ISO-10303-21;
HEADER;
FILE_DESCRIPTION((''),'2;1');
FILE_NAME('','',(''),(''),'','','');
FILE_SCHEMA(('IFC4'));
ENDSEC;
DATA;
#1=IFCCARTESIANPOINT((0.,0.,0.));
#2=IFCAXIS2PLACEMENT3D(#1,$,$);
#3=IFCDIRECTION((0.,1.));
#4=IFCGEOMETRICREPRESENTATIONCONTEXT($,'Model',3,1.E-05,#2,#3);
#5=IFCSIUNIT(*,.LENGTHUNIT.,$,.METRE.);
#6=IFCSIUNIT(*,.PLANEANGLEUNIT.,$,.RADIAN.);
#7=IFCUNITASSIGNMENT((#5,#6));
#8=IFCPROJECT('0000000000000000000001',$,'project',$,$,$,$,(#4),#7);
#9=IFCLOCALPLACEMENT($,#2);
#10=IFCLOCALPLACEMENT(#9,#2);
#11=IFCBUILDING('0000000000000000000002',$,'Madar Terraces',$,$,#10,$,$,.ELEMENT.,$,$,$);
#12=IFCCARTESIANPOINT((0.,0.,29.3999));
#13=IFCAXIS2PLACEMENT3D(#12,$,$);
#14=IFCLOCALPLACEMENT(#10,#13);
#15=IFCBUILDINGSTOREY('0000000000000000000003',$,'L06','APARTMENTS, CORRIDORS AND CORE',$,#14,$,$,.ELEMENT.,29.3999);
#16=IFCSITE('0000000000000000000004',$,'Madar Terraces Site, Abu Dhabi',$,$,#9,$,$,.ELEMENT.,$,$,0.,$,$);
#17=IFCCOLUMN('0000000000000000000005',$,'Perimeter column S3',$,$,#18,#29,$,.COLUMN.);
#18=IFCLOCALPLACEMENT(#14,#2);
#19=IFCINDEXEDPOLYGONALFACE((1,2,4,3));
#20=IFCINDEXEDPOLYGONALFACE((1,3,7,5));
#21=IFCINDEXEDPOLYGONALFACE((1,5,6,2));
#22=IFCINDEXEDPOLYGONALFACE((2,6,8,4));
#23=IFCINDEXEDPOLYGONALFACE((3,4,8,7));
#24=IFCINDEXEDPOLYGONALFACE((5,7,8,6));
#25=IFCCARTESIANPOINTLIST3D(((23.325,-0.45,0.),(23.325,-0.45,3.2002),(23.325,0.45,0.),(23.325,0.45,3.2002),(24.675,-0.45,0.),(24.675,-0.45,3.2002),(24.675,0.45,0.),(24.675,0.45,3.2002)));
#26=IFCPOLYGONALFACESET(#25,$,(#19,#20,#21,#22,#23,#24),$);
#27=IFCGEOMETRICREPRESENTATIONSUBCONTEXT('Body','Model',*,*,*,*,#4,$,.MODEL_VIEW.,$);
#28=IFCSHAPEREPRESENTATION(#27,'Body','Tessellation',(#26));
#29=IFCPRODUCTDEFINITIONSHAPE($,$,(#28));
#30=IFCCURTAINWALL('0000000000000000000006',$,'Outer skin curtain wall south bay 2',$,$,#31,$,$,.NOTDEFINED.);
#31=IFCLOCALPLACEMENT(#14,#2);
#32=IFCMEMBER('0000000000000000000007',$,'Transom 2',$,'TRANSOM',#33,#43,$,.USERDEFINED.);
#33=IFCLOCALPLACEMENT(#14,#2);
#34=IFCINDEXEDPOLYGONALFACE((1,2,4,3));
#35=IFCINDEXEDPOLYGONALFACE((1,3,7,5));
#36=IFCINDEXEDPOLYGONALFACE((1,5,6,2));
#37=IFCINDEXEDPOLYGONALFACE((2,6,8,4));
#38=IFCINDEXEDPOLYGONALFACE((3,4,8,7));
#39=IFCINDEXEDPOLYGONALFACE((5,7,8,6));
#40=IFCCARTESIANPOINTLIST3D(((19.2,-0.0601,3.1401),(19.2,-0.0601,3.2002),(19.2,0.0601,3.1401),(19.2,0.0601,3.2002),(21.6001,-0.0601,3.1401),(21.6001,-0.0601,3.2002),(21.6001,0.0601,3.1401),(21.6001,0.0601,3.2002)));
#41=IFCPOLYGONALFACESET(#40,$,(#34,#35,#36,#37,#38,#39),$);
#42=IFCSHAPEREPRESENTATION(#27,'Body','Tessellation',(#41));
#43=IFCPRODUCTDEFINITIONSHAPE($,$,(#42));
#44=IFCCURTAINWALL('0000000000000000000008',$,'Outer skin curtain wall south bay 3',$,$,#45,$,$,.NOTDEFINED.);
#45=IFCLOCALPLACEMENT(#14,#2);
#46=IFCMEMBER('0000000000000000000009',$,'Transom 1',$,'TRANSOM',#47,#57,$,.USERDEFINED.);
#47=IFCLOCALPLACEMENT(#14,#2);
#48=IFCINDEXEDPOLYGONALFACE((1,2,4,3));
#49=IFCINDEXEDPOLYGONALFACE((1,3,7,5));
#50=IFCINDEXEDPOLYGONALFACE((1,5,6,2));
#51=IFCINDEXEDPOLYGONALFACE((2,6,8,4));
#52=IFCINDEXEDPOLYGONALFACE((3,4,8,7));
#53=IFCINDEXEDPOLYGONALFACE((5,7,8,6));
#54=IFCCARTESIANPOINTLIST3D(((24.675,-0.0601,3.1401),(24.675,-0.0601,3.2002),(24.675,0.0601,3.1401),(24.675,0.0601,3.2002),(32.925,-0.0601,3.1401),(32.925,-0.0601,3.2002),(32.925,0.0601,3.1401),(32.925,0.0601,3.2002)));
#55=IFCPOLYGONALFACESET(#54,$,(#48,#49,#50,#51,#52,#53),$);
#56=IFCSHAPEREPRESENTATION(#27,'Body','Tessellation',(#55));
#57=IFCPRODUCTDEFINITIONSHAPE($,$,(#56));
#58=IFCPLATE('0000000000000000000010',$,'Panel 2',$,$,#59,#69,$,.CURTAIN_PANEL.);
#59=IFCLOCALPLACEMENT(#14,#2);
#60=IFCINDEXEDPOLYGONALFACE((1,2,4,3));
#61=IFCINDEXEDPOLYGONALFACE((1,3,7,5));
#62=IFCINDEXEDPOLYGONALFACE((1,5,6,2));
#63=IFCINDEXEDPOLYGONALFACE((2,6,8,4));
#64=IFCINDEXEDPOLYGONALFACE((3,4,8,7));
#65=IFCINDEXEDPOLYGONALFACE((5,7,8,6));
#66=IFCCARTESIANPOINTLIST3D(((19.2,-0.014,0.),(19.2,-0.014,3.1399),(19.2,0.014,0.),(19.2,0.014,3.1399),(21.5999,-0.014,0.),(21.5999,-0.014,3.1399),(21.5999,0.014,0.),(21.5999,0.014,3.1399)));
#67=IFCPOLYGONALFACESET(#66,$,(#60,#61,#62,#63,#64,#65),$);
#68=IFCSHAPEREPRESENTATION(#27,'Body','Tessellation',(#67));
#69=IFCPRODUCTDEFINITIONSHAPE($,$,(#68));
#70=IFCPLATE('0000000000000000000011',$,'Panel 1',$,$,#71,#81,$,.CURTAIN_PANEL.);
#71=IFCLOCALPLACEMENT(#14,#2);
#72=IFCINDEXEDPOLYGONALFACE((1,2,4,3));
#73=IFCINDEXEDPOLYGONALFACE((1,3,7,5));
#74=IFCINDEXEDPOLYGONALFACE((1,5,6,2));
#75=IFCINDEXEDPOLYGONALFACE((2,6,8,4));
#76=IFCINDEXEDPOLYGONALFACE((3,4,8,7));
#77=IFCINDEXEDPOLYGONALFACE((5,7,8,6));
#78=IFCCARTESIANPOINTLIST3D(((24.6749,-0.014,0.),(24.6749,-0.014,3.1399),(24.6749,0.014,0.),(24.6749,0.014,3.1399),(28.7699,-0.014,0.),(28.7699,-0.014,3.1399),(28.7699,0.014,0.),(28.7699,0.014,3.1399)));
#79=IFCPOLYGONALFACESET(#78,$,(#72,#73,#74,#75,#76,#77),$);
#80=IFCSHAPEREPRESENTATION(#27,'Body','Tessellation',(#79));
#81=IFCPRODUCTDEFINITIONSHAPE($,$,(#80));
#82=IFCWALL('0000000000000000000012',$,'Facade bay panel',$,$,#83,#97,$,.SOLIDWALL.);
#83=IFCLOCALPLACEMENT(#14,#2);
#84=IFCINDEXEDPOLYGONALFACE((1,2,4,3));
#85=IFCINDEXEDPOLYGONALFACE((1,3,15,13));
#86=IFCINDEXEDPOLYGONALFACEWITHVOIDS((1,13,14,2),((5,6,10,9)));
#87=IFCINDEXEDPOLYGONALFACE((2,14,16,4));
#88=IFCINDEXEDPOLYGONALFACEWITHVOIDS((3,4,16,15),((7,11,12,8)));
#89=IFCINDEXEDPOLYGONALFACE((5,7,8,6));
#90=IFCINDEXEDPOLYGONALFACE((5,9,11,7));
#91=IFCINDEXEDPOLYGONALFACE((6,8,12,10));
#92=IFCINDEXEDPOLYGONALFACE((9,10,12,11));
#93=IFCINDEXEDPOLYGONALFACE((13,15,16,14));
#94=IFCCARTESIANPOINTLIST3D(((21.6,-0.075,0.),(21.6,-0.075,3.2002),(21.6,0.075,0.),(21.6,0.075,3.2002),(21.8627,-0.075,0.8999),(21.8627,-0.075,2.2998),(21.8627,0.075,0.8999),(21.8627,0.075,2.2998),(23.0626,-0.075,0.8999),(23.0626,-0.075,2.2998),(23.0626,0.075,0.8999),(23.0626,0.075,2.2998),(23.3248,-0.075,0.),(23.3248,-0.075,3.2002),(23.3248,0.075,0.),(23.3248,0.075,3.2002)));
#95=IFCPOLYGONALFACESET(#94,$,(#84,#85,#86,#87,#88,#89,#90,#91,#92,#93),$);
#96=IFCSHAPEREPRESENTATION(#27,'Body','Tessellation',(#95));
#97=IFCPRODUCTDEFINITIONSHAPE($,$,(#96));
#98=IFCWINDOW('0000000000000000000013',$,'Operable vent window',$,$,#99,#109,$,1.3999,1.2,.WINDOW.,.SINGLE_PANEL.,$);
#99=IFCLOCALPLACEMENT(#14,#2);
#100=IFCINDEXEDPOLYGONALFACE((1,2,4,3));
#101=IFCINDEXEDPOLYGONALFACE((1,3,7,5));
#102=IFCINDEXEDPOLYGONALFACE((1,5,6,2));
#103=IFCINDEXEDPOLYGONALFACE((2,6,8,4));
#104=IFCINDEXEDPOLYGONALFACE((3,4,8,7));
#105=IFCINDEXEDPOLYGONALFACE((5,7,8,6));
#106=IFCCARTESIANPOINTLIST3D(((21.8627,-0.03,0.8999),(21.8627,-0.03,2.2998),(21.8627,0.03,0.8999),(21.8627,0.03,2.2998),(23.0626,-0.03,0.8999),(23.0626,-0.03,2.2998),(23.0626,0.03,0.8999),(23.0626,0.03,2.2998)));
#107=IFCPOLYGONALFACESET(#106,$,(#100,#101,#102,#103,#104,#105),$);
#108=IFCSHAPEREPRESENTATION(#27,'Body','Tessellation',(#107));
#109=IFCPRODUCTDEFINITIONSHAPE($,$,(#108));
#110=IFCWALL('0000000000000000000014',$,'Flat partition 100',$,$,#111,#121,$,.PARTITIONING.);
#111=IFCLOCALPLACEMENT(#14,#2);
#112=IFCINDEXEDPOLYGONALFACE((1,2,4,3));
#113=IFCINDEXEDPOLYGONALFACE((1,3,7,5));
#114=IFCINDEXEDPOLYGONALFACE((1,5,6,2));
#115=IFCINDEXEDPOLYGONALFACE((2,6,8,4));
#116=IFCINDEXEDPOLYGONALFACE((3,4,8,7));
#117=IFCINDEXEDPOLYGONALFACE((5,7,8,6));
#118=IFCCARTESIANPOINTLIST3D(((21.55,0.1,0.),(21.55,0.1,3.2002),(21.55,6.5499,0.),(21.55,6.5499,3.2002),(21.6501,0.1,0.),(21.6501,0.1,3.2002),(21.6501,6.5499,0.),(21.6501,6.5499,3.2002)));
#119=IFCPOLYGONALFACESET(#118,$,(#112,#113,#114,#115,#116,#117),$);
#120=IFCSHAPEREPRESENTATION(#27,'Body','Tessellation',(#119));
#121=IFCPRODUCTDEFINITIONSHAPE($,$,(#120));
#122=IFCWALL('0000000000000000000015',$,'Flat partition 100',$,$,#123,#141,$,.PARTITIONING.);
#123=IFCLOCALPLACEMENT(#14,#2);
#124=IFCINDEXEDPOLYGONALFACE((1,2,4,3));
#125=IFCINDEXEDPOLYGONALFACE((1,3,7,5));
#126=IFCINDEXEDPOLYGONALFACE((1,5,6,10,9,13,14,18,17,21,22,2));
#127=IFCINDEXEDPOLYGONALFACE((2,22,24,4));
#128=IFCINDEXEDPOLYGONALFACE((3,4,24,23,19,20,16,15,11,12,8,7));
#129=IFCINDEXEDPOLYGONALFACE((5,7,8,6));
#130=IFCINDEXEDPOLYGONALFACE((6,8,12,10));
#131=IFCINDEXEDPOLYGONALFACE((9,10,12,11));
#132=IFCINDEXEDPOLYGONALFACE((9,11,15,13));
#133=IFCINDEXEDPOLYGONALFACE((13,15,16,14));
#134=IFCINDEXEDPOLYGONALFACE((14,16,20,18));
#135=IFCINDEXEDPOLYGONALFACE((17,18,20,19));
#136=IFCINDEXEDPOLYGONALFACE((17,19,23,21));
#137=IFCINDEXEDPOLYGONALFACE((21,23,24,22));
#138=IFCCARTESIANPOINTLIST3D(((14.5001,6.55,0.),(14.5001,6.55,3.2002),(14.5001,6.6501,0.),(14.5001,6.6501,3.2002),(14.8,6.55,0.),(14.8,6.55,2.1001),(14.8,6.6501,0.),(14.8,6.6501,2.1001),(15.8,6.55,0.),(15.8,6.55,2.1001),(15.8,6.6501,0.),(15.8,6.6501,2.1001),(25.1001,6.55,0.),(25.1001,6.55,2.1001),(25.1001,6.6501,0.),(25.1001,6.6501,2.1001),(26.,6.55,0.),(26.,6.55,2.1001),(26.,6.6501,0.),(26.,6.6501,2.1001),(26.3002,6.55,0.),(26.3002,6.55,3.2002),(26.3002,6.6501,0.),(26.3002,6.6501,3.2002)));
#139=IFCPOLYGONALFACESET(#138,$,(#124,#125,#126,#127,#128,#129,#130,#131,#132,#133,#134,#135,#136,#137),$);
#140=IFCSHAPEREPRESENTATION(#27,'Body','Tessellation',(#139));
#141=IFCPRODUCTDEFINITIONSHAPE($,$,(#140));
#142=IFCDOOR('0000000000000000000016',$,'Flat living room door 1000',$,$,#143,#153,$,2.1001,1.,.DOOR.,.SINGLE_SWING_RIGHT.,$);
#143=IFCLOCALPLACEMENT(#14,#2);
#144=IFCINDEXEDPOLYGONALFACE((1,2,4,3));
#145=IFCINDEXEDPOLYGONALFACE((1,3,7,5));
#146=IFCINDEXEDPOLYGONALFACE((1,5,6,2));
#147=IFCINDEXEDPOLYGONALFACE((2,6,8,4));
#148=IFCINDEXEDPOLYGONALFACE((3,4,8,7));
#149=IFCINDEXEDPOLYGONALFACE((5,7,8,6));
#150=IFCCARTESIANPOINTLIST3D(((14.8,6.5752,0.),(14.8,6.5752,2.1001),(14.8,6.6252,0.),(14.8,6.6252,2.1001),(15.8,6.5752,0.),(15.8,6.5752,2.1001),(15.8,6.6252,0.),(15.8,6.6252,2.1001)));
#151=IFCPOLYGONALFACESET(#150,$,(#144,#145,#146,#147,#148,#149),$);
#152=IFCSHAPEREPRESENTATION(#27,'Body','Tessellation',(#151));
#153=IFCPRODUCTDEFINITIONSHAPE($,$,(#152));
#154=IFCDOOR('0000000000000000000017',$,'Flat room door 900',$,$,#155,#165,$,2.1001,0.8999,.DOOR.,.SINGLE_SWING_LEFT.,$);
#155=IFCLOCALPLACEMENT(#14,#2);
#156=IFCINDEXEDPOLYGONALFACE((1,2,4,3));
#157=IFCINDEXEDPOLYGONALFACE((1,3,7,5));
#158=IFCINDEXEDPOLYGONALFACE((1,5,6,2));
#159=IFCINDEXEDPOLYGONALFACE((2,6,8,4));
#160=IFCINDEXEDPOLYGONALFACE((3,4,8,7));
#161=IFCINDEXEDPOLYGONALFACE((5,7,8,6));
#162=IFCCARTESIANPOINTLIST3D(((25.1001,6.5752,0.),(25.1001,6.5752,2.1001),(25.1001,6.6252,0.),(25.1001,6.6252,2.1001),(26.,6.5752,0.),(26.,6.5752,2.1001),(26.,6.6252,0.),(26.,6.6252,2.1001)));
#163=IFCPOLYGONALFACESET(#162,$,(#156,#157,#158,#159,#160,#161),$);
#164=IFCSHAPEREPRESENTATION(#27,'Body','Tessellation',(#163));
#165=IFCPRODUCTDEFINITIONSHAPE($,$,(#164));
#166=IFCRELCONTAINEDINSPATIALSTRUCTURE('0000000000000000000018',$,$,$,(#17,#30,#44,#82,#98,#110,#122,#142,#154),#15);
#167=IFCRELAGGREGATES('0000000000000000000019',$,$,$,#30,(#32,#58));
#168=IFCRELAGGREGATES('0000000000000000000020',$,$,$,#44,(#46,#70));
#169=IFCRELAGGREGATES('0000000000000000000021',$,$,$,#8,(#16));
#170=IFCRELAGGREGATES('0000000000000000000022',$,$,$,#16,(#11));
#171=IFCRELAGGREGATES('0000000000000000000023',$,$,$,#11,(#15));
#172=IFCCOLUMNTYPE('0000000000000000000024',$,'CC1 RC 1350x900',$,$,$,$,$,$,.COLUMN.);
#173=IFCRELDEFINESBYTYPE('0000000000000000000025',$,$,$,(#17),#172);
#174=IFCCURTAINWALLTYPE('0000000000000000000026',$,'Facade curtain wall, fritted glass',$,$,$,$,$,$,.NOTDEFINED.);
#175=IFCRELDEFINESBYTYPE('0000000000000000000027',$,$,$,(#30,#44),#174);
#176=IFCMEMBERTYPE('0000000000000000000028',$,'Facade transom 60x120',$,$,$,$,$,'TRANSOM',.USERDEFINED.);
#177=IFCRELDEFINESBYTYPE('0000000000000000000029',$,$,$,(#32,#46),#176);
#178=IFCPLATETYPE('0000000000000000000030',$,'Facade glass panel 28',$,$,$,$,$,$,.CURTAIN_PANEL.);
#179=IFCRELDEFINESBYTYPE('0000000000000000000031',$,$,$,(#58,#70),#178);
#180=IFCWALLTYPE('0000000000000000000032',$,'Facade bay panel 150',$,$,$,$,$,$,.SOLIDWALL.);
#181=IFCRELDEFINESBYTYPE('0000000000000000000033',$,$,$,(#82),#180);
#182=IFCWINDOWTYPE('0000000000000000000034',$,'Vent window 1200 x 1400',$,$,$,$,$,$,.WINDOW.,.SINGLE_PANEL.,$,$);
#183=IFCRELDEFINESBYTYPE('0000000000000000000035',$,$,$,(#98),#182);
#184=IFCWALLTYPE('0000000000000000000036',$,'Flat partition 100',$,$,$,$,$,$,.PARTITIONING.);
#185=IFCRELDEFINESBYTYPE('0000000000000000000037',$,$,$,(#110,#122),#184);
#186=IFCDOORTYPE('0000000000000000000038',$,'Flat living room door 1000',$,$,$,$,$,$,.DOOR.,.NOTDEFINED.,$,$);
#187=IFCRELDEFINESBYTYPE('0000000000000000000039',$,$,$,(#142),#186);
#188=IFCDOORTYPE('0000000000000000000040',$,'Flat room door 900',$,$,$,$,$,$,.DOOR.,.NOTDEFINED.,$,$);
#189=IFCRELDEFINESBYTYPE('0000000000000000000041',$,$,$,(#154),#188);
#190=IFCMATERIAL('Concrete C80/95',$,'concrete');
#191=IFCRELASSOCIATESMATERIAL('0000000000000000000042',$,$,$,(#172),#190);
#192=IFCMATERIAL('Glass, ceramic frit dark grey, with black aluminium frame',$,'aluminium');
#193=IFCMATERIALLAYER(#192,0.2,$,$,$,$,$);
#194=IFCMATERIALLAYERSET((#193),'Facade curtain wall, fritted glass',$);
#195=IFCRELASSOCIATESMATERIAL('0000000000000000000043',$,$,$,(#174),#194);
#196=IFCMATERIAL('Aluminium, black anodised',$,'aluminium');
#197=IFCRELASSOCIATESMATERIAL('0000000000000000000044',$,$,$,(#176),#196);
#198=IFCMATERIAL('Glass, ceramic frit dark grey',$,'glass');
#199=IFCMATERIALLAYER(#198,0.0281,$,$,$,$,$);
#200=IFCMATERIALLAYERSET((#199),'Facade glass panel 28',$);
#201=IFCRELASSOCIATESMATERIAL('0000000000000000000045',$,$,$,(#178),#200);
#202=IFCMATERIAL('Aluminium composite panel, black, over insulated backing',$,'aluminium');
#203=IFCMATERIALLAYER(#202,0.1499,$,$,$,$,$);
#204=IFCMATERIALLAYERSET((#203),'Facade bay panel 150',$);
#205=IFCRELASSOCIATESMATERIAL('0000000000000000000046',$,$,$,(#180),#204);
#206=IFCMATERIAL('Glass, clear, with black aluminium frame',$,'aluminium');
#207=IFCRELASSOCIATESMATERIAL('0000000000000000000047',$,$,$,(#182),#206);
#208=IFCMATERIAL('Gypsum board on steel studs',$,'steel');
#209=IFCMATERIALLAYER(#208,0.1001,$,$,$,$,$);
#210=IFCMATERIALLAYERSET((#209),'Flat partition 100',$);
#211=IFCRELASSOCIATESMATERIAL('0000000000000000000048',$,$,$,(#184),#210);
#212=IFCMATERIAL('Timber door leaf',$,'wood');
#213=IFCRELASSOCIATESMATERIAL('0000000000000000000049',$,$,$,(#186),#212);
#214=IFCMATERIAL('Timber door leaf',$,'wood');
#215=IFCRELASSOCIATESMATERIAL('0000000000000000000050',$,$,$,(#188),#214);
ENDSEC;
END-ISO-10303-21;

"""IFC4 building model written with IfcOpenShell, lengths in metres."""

from ifc_helpers import new_model, si_unit, direction, frame, frame_2d, origin, origin_2d, place, context, subcontext, project, spatial, rectangle, extrude, material, layer, layer_set, material_profile, profile_set, type_object, element, fill, aggregate, save


model = new_model("IFC4")

# Units and contexts
model_context = context("Model", 3, precision=1e-05, world=origin(), true_north=direction((0.0, 1.0)))
body_context = subcontext(model_context, "Body", "Model", "MODEL_VIEW")
ifc_project = project(units=[si_unit("LENGTHUNIT", "METRE"), si_unit("PLANEANGLEUNIT", "RADIAN")], contexts=[model_context])

# Site, building, storey
site_placement = place(None, origin())
site = spatial("IfcSite", under=ifc_project, at=site_placement, Name="Madar Terraces Site, Abu Dhabi", CompositionType="ELEMENT", RefElevation=0.0)
building_placement = place(site_placement, origin())
building = spatial("IfcBuilding", under=site, at=building_placement, Name="Madar Terraces", CompositionType="ELEMENT")
storey_placement = place(building_placement, frame((0.0, 0.0, 29.3999)))
storey = spatial("IfcBuildingStorey", under=building, at=storey_placement, Name="L06", Description="APARTMENTS, CORRIDORS AND CORE", CompositionType="ELEMENT", Elevation=29.3999)

# Column
ifc_material_1 = material(Name="Concrete C80/95", Category="concrete")
ifc_material_profile_1 = material_profile(ifc_material_1, rectangle(XDim=1.3501, YDim=0.8999, at=origin_2d()), Name="CC1 RC 1350x900")
ifc_profile_set_1 = profile_set([ifc_material_profile_1], Name="Concrete C80/95")
column_type = type_object("IfcColumnType", Name="CC1 RC 1350x900", PredefinedType="COLUMN", material=ifc_profile_set_1)
column_placement = place(storey_placement, frame((24.0, 0.0, 0.0), z_axis=(0.0, 0.0, 1.0), x_axis=(1.0, 0.0, 0.0)))
element("IfcColumn", 1, at=column_placement, inside=storey, type_object=column_type, Name="Perimeter column S3", PredefinedType="COLUMN", context=body_context, shape_type="SweptSolid", body=[
    extrude(rectangle(XDim=1.3501, YDim=0.8999, at=origin_2d()), origin(), (0.0, 0.0, 1.0), 3.2002),
])

# Curtain walls, members
ifc_material_2 = material(Name="Glass, ceramic frit dark grey, with black aluminium frame", Category="aluminium")
ifc_layer_1 = layer(ifc_material_2, 0.2)
ifc_layer_set_1 = layer_set([ifc_layer_1], Name="Facade curtain wall, fritted glass")
curtain_wall_type = type_object("IfcCurtainWallType", Name="Facade curtain wall, fritted glass", PredefinedType="NOTDEFINED", material=ifc_layer_set_1)
curtain_wall_1_placement = place(storey_placement, origin())
curtain_wall_1 = element("IfcCurtainWall", 2, at=curtain_wall_1_placement, inside=storey, type_object=curtain_wall_type, Name="Outer skin curtain wall south bay 2", PredefinedType="NOTDEFINED")
ifc_material_3 = material(Name="Aluminium, black anodised", Category="aluminium")
ifc_material_profile_2 = material_profile(ifc_material_3, rectangle(XDim=0.1201, YDim=0.0601, at=origin_2d()), Name="Facade transom 60x120")
ifc_profile_set_2 = profile_set([ifc_material_profile_2], Name="Aluminium, black anodised")
member_type = type_object("IfcMemberType", Name="Facade transom 60x120", ElementType="TRANSOM", PredefinedType="USERDEFINED", material=ifc_profile_set_2)
member_1_placement = place(storey_placement, frame((19.2, 0.0, 3.1702), z_axis=(1.0, 0.0, 0.0), x_axis=(0.0, 1.0, 0.0)))
member_1 = element("IfcMember", 3, at=member_1_placement, type_object=member_type, Name="Transom 2", ObjectType="TRANSOM", PredefinedType="USERDEFINED", context=body_context, shape_type="SweptSolid", body=[
    extrude(rectangle(XDim=0.1201, YDim=0.0601, at=origin_2d()), origin(), (0.0, 0.0, 1.0), 2.4001),
])
curtain_wall_2_placement = place(storey_placement, origin())
curtain_wall_2 = element("IfcCurtainWall", 4, at=curtain_wall_2_placement, inside=storey, type_object=curtain_wall_type, Name="Outer skin curtain wall south bay 3", PredefinedType="NOTDEFINED")
member_2_placement = place(storey_placement, frame((24.675, 0.0, 3.1702), z_axis=(1.0, 0.0, 0.0), x_axis=(0.0, 1.0, 0.0)))
member_2 = element("IfcMember", 5, at=member_2_placement, type_object=member_type, Name="Transom 1", ObjectType="TRANSOM", PredefinedType="USERDEFINED", context=body_context, shape_type="SweptSolid", body=[
    extrude(rectangle(XDim=0.1201, YDim=0.0601, at=origin_2d()), origin(), (0.0, 0.0, 1.0), 8.25),
])

# Plates
ifc_material_4 = material(Name="Glass, ceramic frit dark grey", Category="glass")
ifc_layer_2 = layer(ifc_material_4, 0.0281)
ifc_layer_set_2 = layer_set([ifc_layer_2], Name="Facade glass panel 28")
plate_type = type_object("IfcPlateType", Name="Facade glass panel 28", PredefinedType="CURTAIN_PANEL", material=ifc_layer_set_2)
plate_1_placement = place(storey_placement, frame((20.3999, 0.0, 0.0), z_axis=(0.0, 0.0, 1.0), x_axis=(1.0, 0.0, 0.0)))
plate_1 = element("IfcPlate", 6, at=plate_1_placement, type_object=plate_type, Name="Panel 2", PredefinedType="CURTAIN_PANEL", context=body_context, shape_type="SweptSolid", body=[
    extrude(rectangle(XDim=2.3999, YDim=0.0281, at=origin_2d()), origin(), (0.0, 0.0, 1.0), 3.1399),
])
aggregate(curtain_wall_1, [member_1, plate_1])
plate_2_placement = place(storey_placement, frame((26.7224, 0.0, 0.0), z_axis=(0.0, 0.0, 1.0), x_axis=(1.0, 0.0, 0.0)))
plate_2 = element("IfcPlate", 7, at=plate_2_placement, type_object=plate_type, Name="Panel 1", PredefinedType="CURTAIN_PANEL", context=body_context, shape_type="SweptSolid", body=[
    extrude(rectangle(XDim=4.095, YDim=0.0281, at=origin_2d()), origin(), (0.0, 0.0, 1.0), 3.1399),
])
aggregate(curtain_wall_2, [member_2, plate_2])

# Wall, opening, window
ifc_material_5 = material(Name="Aluminium composite panel, black, over insulated backing", Category="aluminium")
ifc_layer_3 = layer(ifc_material_5, 0.1499)
ifc_layer_set_3 = layer_set([ifc_layer_3], Name="Facade bay panel 150")
wall_type_1 = type_object("IfcWallType", Name="Facade bay panel 150", PredefinedType="SOLIDWALL", material=ifc_layer_set_3)
wall_1_placement = place(storey_placement, frame((21.6001, 0.0, 0.0), z_axis=(0.0, 0.0, 1.0), x_axis=(1.0, 0.0, 0.0)))
wall_1 = element("IfcWall", 8, at=wall_1_placement, inside=storey, type_object=wall_type_1, Name="Facade bay panel", PredefinedType="SOLIDWALL", context=body_context, shape_type="SweptSolid", body=[
    extrude(rectangle(XDim=1.7249, YDim=0.1499, at=frame_2d((0.8623, 0.0))), origin(), (0.0, 0.0, 1.0), 3.2002),
])
opening_1_placement = place(wall_1_placement, frame((0.2625, 0.0, 0.8999)))
opening_1 = element("IfcOpeningElement", 9, at=opening_1_placement, cuts=wall_1, PredefinedType="OPENING", context=body_context, shape_type="SweptSolid", body=[
    extrude(rectangle(XDim=1.2, YDim=1.3999, at=frame_2d((0.6001, 0.7))), frame((0.0, 0.085, 0.0), z_axis=(0.0, -1.0, 0.0), x_axis=(1.0, 0.0, 0.0)), (0.0, 0.0, 1.0), 0.1699),
])
ifc_material_6 = material(Name="Glass, clear, with black aluminium frame", Category="aluminium")
window_type = type_object("IfcWindowType", Name="Vent window 1200 x 1400", PartitioningType="SINGLE_PANEL", PredefinedType="WINDOW", material=ifc_material_6)
window_placement = place(opening_1_placement, origin())
window = element("IfcWindow", 10, at=window_placement, inside=storey, type_object=window_type, Name="Operable vent window", OverallHeight=1.3999, OverallWidth=1.2, PartitioningType="SINGLE_PANEL", PredefinedType="WINDOW", context=body_context, shape_type="SweptSolid", body=[
    extrude(rectangle(XDim=1.2, YDim=1.3999, at=frame_2d((0.6001, 0.7))), frame((0.0, 0.03, 0.0), z_axis=(0.0, -1.0, 0.0), x_axis=(1.0, 0.0, 0.0)), (0.0, 0.0, 1.0), 0.0601),
])
fill(opening_1, window)

# Wall
ifc_material_7 = material(Name="Gypsum board on steel studs", Category="steel")
ifc_layer_4 = layer(ifc_material_7, 0.1001)
ifc_layer_set_4 = layer_set([ifc_layer_4], Name="Flat partition 100")
wall_type_2 = type_object("IfcWallType", Name="Flat partition 100", PredefinedType="PARTITIONING", material=ifc_layer_set_4)
wall_2_placement = place(storey_placement, frame((21.6001, 6.55, 0.0), z_axis=(0.0, 0.0, 1.0), x_axis=(0.0, -1.0, 0.0)))
element("IfcWall", 11, at=wall_2_placement, inside=storey, type_object=wall_type_2, Name="Flat partition 100", PredefinedType="PARTITIONING", context=body_context, shape_type="SweptSolid", body=[
    extrude(rectangle(XDim=6.45, YDim=0.1001, at=frame_2d((3.2251, 0.0))), origin(), (0.0, 0.0, 1.0), 3.2002),
])

# Wall, openings, doors
wall_3_placement = place(storey_placement, frame((26.3, 6.6001, 0.0), z_axis=(0.0, 0.0, 1.0), x_axis=(-1.0, 0.0, 0.0)))
wall_3 = element("IfcWall", 12, at=wall_3_placement, inside=storey, type_object=wall_type_2, Name="Flat partition 100", PredefinedType="PARTITIONING", context=body_context, shape_type="SweptSolid", body=[
    extrude(rectangle(XDim=11.8, YDim=0.1001, at=frame_2d((5.8999, 0.0))), origin(), (0.0, 0.0, 1.0), 3.2002),
])
opening_2_placement = place(wall_3_placement, frame((10.5, 0.0, 0.0)))
opening_2 = element("IfcOpeningElement", 13, at=opening_2_placement, cuts=wall_3, PredefinedType="OPENING", context=body_context, shape_type="SweptSolid", body=[
    extrude(rectangle(XDim=1.0, YDim=2.1001, at=frame_2d((0.5, 1.05))), frame((0.0, 0.0601, 0.0), z_axis=(0.0, -1.0, 0.0), x_axis=(1.0, 0.0, 0.0)), (0.0, 0.0, 1.0), 0.1201),
])
opening_3_placement = place(wall_3_placement, frame((0.3, 0.0, 0.0)))
opening_3 = element("IfcOpeningElement", 14, at=opening_3_placement, cuts=wall_3, PredefinedType="OPENING", context=body_context, shape_type="SweptSolid", body=[
    extrude(rectangle(XDim=0.8999, YDim=2.1001, at=frame_2d((0.45, 1.05))), frame((0.0, 0.0601, 0.0), z_axis=(0.0, -1.0, 0.0), x_axis=(1.0, 0.0, 0.0)), (0.0, 0.0, 1.0), 0.1201),
])
ifc_material_8 = material(Name="Timber door leaf", Category="wood")
door_type_1 = type_object("IfcDoorType", Name="Flat living room door 1000", OperationType="NOTDEFINED", PredefinedType="DOOR", material=ifc_material_8)
door_1_placement = place(opening_2_placement, origin())
door_1 = element("IfcDoor", 15, at=door_1_placement, inside=storey, type_object=door_type_1, Name="Flat living room door 1000", OperationType="SINGLE_SWING_RIGHT", OverallHeight=2.1001, OverallWidth=1.0, PredefinedType="DOOR", context=body_context, shape_type="SweptSolid", body=[
    extrude(rectangle(XDim=1.0, YDim=2.1001, at=frame_2d((0.5, 1.05))), frame((0.0, 0.0249, 0.0), z_axis=(0.0, -1.0, 0.0), x_axis=(1.0, 0.0, 0.0)), (0.0, 0.0, 1.0), 0.05),
])
fill(opening_2, door_1)
ifc_material_9 = material(Name="Timber door leaf", Category="wood")
door_type_2 = type_object("IfcDoorType", Name="Flat room door 900", OperationType="NOTDEFINED", PredefinedType="DOOR", material=ifc_material_9)
door_2_placement = place(opening_3_placement, origin())
door_2 = element("IfcDoor", 16, at=door_2_placement, inside=storey, type_object=door_type_2, Name="Flat room door 900", OperationType="SINGLE_SWING_LEFT", OverallHeight=2.1001, OverallWidth=0.8999, PredefinedType="DOOR", context=body_context, shape_type="SweptSolid", body=[
    extrude(rectangle(XDim=0.8999, YDim=2.1001, at=frame_2d((0.45, 1.05))), frame((0.0, 0.0249, 0.0), z_axis=(0.0, -1.0, 0.0), x_axis=(1.0, 0.0, 0.0)), (0.0, 0.0, 1.0), 0.05),
])
fill(opening_3, door_2)

save(model, "model.ifc")
